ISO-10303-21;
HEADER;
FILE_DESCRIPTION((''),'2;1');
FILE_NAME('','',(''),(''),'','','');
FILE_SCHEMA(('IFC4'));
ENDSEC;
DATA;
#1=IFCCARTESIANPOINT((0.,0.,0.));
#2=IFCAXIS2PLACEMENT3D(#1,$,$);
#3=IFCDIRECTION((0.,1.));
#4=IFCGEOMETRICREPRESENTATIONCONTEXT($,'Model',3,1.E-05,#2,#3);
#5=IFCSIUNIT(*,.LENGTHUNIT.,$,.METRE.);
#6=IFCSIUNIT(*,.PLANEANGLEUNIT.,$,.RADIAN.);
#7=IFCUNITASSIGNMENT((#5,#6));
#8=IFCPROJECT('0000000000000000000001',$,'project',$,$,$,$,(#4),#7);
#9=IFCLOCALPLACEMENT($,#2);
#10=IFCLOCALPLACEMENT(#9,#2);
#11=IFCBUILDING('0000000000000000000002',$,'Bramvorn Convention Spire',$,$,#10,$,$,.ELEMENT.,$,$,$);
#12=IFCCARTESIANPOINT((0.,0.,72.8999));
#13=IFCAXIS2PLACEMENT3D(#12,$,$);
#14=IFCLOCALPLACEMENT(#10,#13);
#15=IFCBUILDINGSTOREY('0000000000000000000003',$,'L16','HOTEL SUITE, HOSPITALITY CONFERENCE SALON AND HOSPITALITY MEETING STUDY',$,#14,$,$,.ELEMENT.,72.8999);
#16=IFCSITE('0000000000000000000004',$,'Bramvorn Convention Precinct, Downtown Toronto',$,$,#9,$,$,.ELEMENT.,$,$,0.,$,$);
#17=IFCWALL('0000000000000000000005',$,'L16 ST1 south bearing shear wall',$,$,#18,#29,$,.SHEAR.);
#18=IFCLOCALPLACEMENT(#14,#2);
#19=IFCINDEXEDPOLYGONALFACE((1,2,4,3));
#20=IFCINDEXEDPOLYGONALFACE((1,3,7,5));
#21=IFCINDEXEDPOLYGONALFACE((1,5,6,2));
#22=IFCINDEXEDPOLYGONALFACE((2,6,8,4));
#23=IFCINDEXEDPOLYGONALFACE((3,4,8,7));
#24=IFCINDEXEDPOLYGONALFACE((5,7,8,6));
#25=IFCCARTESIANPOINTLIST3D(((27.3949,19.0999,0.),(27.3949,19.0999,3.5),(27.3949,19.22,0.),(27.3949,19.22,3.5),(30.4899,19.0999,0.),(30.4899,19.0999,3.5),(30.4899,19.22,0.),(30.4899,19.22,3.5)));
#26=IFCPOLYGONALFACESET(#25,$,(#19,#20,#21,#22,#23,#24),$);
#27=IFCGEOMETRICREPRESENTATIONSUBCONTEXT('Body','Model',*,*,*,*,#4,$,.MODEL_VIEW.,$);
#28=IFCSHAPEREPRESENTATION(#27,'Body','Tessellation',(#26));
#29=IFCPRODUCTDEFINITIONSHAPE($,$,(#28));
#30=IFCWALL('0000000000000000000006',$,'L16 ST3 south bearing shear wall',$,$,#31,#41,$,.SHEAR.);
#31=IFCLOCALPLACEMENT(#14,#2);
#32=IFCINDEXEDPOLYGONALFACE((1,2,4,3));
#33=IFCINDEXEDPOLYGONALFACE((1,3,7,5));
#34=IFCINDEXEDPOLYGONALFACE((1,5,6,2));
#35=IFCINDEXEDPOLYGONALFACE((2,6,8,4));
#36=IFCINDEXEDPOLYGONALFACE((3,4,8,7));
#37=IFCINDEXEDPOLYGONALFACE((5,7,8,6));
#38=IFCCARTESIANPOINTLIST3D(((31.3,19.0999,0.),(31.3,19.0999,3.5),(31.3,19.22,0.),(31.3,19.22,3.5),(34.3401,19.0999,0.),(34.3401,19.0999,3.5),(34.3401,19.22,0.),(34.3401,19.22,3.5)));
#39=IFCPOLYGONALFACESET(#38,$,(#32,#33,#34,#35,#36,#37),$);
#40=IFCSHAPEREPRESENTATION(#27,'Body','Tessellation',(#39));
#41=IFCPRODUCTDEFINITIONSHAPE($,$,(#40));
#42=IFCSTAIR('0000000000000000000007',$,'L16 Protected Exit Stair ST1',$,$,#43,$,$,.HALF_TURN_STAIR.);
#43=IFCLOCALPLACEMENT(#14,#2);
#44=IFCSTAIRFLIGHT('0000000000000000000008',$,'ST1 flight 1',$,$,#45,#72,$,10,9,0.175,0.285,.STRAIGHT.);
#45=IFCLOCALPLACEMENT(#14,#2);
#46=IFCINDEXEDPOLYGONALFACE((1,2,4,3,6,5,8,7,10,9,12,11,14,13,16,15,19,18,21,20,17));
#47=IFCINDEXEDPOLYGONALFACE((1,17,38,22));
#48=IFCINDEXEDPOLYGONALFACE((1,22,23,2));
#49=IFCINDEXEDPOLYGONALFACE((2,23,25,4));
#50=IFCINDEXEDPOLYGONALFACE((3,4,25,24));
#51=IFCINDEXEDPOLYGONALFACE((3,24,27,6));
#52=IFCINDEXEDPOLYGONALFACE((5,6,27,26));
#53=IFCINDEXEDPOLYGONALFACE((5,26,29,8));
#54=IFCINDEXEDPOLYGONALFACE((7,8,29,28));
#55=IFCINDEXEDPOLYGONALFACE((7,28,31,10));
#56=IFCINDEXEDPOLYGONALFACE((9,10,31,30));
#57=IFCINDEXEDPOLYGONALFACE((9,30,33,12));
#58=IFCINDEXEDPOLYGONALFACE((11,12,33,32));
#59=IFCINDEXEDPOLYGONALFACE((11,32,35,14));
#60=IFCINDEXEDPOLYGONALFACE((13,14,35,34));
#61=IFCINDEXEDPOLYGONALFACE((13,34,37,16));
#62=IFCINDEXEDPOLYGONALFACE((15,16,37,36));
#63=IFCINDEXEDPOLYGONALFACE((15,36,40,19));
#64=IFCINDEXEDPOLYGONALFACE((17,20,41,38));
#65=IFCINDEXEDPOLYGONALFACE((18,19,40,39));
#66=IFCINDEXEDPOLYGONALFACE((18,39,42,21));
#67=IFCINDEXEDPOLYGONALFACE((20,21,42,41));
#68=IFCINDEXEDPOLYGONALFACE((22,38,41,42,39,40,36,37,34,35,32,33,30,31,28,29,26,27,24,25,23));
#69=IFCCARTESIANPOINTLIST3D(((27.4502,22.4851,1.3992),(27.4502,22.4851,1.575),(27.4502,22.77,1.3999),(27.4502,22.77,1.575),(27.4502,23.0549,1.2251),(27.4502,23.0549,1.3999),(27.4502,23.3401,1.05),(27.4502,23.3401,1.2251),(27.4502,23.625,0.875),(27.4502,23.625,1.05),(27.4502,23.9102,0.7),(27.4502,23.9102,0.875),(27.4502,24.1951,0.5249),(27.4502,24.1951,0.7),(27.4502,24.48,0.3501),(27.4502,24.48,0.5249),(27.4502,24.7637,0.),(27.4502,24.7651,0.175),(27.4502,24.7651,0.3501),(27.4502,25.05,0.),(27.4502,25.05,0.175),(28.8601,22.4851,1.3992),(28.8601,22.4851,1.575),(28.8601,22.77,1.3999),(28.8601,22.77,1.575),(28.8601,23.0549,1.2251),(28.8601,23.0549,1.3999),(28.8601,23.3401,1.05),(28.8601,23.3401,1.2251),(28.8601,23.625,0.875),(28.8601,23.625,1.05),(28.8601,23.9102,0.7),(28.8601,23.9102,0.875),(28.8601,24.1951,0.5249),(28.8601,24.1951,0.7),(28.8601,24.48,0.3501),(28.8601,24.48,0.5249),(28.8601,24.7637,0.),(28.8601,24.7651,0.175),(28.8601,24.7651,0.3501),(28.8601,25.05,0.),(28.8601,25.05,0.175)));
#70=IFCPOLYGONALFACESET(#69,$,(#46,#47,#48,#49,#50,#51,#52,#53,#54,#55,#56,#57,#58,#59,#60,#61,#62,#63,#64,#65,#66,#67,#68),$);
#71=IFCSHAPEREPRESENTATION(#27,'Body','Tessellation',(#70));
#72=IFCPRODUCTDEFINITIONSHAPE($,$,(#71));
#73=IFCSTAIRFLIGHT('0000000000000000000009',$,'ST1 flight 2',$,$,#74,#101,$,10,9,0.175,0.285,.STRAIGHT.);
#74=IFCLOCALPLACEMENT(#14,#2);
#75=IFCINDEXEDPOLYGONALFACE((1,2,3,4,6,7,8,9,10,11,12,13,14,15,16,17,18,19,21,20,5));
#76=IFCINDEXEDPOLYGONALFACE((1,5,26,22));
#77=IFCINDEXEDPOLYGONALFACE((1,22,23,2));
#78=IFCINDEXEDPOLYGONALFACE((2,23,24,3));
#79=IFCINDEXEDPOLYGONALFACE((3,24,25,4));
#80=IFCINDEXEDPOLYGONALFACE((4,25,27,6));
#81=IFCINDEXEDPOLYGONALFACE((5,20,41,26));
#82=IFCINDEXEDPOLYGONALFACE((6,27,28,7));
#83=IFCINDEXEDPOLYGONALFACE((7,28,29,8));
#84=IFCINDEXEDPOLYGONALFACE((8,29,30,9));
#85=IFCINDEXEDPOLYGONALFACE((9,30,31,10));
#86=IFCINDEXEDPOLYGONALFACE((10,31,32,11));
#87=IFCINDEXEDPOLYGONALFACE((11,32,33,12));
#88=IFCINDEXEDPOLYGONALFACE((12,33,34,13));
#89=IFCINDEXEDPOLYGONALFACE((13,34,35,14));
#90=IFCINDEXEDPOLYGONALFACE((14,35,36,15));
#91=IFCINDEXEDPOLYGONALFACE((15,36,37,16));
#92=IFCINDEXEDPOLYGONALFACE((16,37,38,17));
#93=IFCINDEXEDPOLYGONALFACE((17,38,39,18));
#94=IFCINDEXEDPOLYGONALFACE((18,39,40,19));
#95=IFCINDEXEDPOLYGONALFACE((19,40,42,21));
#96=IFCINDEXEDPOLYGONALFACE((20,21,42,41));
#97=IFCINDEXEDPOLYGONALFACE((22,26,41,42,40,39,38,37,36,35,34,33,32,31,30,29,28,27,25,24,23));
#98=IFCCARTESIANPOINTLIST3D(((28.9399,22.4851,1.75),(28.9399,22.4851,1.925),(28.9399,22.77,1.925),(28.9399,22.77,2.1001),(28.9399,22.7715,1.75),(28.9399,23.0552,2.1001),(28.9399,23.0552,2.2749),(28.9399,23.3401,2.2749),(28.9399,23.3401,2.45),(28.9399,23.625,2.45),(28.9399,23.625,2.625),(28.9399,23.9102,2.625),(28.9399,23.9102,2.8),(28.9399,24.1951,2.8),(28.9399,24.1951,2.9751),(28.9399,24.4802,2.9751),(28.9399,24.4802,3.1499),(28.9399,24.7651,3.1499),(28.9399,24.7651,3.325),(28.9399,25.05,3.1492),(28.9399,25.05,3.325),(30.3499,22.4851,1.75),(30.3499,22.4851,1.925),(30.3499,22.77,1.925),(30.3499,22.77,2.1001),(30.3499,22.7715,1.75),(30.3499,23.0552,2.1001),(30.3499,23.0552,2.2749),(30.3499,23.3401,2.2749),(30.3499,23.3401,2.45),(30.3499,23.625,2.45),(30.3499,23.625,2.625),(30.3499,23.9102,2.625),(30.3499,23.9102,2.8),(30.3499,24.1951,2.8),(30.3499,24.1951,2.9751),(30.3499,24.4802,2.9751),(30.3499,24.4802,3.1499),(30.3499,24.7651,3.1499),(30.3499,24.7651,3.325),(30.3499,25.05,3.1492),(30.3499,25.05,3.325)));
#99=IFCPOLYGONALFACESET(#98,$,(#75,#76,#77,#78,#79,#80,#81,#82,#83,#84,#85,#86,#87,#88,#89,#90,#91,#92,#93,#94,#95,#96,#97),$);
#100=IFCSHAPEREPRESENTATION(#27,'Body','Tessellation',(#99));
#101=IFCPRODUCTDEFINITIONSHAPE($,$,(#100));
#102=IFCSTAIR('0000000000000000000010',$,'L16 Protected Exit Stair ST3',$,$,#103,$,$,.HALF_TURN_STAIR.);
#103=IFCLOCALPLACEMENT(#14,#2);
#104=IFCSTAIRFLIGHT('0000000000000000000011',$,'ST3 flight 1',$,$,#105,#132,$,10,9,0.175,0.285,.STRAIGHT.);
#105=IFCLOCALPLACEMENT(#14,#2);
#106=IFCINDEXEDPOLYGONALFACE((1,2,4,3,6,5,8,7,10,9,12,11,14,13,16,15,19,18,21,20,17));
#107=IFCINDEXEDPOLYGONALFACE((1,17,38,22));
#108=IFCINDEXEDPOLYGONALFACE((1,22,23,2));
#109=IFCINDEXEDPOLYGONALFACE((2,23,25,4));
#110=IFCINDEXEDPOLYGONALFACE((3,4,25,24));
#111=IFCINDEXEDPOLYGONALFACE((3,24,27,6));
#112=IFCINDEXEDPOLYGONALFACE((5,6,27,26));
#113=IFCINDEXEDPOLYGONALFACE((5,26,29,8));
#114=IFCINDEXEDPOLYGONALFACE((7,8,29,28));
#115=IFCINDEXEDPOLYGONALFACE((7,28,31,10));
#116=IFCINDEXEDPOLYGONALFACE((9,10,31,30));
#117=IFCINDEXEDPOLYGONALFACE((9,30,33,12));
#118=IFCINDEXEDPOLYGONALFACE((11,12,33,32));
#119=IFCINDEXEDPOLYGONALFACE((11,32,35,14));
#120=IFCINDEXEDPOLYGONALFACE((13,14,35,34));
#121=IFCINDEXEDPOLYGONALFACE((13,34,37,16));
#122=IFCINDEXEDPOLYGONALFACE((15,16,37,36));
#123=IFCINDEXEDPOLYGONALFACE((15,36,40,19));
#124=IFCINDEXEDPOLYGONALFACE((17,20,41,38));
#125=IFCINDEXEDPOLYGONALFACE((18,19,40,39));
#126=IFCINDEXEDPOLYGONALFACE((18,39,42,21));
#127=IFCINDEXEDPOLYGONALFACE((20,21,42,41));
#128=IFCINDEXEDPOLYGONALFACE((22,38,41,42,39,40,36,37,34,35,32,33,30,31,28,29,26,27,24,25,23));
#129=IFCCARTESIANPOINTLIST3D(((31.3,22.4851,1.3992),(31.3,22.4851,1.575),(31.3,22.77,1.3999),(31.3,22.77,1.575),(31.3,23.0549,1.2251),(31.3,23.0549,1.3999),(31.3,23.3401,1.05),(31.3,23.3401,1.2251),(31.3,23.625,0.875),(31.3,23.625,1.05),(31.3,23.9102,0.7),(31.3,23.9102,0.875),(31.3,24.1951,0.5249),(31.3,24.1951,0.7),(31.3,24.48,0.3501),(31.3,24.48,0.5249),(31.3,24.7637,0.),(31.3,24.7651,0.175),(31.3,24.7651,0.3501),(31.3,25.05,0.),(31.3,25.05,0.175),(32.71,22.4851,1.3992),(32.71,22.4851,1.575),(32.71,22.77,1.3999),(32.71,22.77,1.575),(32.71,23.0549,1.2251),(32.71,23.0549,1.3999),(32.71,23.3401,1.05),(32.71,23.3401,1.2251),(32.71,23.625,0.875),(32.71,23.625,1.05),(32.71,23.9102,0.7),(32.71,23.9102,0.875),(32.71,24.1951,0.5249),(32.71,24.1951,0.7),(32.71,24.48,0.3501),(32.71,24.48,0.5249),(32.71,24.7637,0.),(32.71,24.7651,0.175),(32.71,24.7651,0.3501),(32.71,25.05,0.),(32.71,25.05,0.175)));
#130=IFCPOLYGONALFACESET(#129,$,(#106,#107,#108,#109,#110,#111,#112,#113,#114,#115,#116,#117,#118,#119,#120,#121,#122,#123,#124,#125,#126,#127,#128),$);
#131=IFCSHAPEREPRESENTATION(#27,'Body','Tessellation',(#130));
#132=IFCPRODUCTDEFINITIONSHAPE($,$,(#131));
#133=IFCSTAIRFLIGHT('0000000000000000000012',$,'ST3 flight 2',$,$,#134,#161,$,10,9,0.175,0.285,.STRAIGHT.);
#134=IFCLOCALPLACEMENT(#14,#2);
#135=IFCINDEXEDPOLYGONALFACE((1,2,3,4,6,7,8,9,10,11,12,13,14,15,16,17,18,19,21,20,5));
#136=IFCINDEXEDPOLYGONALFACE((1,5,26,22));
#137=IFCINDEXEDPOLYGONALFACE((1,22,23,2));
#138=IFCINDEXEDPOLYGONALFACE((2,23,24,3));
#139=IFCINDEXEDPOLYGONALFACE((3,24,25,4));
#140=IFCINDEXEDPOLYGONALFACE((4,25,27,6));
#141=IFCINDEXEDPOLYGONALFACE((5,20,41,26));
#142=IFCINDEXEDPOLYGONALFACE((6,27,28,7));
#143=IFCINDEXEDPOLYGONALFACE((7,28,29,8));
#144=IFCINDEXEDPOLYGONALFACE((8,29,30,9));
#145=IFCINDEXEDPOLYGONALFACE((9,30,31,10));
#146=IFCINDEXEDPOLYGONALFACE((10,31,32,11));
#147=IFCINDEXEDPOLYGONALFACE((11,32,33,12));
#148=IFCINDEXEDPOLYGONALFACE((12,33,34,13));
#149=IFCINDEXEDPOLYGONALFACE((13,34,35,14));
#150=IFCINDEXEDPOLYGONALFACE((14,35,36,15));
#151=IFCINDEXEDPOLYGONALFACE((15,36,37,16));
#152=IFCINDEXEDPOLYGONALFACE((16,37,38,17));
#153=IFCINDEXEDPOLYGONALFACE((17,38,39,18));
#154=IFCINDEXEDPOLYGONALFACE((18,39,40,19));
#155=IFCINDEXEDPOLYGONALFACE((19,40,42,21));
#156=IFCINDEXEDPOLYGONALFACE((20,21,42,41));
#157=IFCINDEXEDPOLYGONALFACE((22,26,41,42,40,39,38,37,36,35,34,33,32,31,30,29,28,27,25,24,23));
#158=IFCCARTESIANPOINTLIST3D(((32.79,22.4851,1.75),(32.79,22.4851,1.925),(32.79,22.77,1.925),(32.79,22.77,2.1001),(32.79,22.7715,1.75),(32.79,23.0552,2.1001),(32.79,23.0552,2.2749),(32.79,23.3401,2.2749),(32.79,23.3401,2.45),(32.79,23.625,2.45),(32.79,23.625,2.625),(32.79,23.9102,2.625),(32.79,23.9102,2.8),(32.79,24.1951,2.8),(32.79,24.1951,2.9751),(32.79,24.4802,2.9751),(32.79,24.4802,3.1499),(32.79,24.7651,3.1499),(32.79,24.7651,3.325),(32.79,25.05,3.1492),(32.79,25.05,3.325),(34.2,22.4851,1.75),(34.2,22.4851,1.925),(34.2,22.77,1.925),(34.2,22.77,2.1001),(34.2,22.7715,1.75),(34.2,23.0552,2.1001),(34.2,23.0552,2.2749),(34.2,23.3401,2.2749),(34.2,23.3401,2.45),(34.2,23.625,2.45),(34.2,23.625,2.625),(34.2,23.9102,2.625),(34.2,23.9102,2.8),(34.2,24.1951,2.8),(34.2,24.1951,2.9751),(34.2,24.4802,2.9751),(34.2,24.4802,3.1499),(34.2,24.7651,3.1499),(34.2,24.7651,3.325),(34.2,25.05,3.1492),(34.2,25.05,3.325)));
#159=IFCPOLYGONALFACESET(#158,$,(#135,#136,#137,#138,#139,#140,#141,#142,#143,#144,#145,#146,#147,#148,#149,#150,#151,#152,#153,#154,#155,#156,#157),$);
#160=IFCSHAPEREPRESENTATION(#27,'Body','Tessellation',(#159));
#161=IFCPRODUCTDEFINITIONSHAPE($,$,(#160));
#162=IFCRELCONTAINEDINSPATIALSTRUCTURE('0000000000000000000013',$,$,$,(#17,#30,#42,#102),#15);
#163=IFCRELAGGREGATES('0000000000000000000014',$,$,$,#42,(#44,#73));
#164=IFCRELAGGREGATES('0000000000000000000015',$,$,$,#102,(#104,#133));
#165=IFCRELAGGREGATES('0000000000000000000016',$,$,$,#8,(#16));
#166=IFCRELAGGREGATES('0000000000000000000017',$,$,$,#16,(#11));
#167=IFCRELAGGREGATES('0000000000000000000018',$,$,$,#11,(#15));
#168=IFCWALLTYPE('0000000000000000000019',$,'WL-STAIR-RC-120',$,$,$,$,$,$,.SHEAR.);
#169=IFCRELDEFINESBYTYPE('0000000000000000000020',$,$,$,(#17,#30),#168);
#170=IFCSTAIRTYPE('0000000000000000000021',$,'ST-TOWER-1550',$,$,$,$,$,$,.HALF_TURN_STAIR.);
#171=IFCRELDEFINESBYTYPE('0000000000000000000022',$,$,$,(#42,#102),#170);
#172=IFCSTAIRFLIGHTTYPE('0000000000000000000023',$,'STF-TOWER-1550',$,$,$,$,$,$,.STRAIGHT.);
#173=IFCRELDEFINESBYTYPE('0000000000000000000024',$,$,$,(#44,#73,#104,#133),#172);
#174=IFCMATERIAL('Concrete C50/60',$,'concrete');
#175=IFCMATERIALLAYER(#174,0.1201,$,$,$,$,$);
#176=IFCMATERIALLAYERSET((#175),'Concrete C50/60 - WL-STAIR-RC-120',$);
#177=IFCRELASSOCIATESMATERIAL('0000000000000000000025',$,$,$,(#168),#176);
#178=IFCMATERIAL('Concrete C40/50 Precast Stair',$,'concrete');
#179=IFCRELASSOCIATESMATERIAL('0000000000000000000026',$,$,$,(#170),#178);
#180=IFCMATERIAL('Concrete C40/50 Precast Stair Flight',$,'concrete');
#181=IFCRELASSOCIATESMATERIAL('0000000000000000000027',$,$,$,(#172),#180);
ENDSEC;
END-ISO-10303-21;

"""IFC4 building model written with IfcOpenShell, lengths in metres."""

from ifc_helpers import new_model, si_unit, direction, frame, frame_2d, origin, place, context, subcontext, project, spatial, polyline, rectangle, outline, extrude, material, layer, layer_set, type_object, element, aggregate, save


model = new_model("IFC4")

# Units and contexts
model_context = context("Model", 3, precision=1e-05, world=origin(), true_north=direction((0.0, 1.0)))
body_context = subcontext(model_context, "Body", "Model", "MODEL_VIEW")
ifc_project = project(units=[si_unit("LENGTHUNIT", "METRE"), si_unit("PLANEANGLEUNIT", "RADIAN")], contexts=[model_context])

# Site, building, storey
site_placement = place(None, origin())
site = spatial("IfcSite", under=ifc_project, at=site_placement, Name="Bramvorn Convention Precinct, Downtown Toronto", CompositionType="ELEMENT", RefElevation=0.0)
building_placement = place(site_placement, origin())
building = spatial("IfcBuilding", under=site, at=building_placement, Name="Bramvorn Convention Spire", CompositionType="ELEMENT")
storey_placement = place(building_placement, frame((0.0, 0.0, 72.8999)))
storey = spatial("IfcBuildingStorey", under=building, at=storey_placement, Name="L16", Description="HOTEL SUITE, HOSPITALITY CONFERENCE SALON AND HOSPITALITY MEETING STUDY", CompositionType="ELEMENT", Elevation=72.8999)

# Walls
ifc_material_1 = material(Name="Concrete C50/60", Category="concrete")
ifc_layer_1 = layer(ifc_material_1, 0.1201)
ifc_layer_set_1 = layer_set([ifc_layer_1], Name="Concrete C50/60 - WL-STAIR-RC-120")
wall_type_1 = type_object("IfcWallType", Name="WL-STAIR-RC-120", PredefinedType="SHEAR", material=ifc_layer_set_1)
wall_1_placement = place(storey_placement, frame((27.395, 19.1599, 0.0), z_axis=(0.0, 0.0, 1.0), x_axis=(1.0, 0.0, 0.0)))
element("IfcWall", 1, at=wall_1_placement, inside=storey, type_object=wall_type_1, Name="L16 ST1 south bearing shear wall", PredefinedType="SHEAR", context=body_context, shape_type="SweptSolid", body=[
    extrude(rectangle(XDim=3.095, YDim=0.1201, at=frame_2d((1.5474, 0.0))), origin(), (0.0, 0.0, 1.0), 3.5),
])
wall_2_placement = place(storey_placement, frame((31.3, 19.1599, 0.0), z_axis=(0.0, 0.0, 1.0), x_axis=(1.0, 0.0, 0.0)))
element("IfcWall", 2, at=wall_2_placement, inside=storey, type_object=wall_type_1, Name="L16 ST3 south bearing shear wall", PredefinedType="SHEAR", context=body_context, shape_type="SweptSolid", body=[
    extrude(rectangle(XDim=3.04, YDim=0.1201, at=frame_2d((1.52, 0.0))), origin(), (0.0, 0.0, 1.0), 3.5),
])

# Stairs, stair flights
ifc_material_2 = material(Name="Concrete C40/50 Precast Stair", Category="concrete")
stair_type = type_object("IfcStairType", Name="ST-TOWER-1550", PredefinedType="HALF_TURN_STAIR", material=ifc_material_2)
stair_1_placement = place(storey_placement, origin())
stair_1 = element("IfcStair", 3, at=stair_1_placement, inside=storey, type_object=stair_type, Name="L16 Protected Exit Stair ST1", PredefinedType="HALF_TURN_STAIR")
ifc_material_3 = material(Name="Concrete C40/50 Precast Stair Flight", Category="concrete")
stair_flight_type = type_object("IfcStairFlightType", Name="STF-TOWER-1550", PredefinedType="STRAIGHT", material=ifc_material_3)
stair_flight_1_placement = place(storey_placement, frame((28.155, 25.05, 0.0), z_axis=(0.0, 0.0, 1.0), x_axis=(0.0, -1.0, 0.0)))
stair_flight_1 = element("IfcStairFlight", 4, at=stair_flight_1_placement, type_object=stair_flight_type, Name="ST1 flight 1", NumberOfRisers=10, NumberOfTreads=9, PredefinedType="STRAIGHT", RiserHeight=0.175, TreadLength=0.285, context=body_context, shape_type="SweptSolid", body=[
    extrude(outline(polyline([(0.0, 0.0), (0.0, 0.175), (0.2849, 0.175), (0.2849, 0.3501), (0.5701, 0.3501), (0.5701, 0.5249), (0.855, 0.5249), (0.855, 0.7), (1.1399, 0.7), (1.1399, 0.875), (1.425, 0.875), (1.425, 1.05), (1.71, 1.05), (1.71, 1.2251), (1.9951, 1.2251), (1.9951, 1.3999), (2.28, 1.3999), (2.28, 1.575), (2.5649, 1.575), (2.5649, 1.75), (2.5649, 1.3992), (0.2864, 0.0), (0.0, 0.0)])), frame((0.0, 0.7051, 0.0), z_axis=(0.0, -1.0, 0.0), x_axis=(1.0, 0.0, 0.0)), (0.0, 0.0, 1.0), 1.4099),
])
stair_flight_2_placement = place(storey_placement, frame((29.645, 22.4851, 1.75), z_axis=(0.0, 0.0, 1.0), x_axis=(0.0, 1.0, 0.0)))
stair_flight_2 = element("IfcStairFlight", 5, at=stair_flight_2_placement, type_object=stair_flight_type, Name="ST1 flight 2", NumberOfRisers=10, NumberOfTreads=9, PredefinedType="STRAIGHT", RiserHeight=0.175, TreadLength=0.285, context=body_context, shape_type="SweptSolid", body=[
    extrude(outline(polyline([(0.0, 0.0), (0.0, 0.175), (0.2849, 0.175), (0.2849, 0.3501), (0.5701, 0.3501), (0.5701, 0.5249), (0.855, 0.5249), (0.855, 0.7), (1.1399, 0.7), (1.1399, 0.875), (1.425, 0.875), (1.425, 1.05), (1.71, 1.05), (1.71, 1.2251), (1.9951, 1.2251), (1.9951, 1.3999), (2.28, 1.3999), (2.28, 1.575), (2.5649, 1.575), (2.5649, 1.75), (2.5649, 1.3992), (0.2864, 0.0), (0.0, 0.0)])), frame((0.0, 0.7051, 0.0), z_axis=(0.0, -1.0, 0.0), x_axis=(1.0, 0.0, 0.0)), (0.0, 0.0, 1.0), 1.4099),
])
aggregate(stair_1, [stair_flight_1, stair_flight_2])
stair_2_placement = place(storey_placement, origin())
stair_2 = element("IfcStair", 6, at=stair_2_placement, inside=storey, type_object=stair_type, Name="L16 Protected Exit Stair ST3", PredefinedType="HALF_TURN_STAIR")
stair_flight_3_placement = place(storey_placement, frame((32.0049, 25.05, 0.0), z_axis=(0.0, 0.0, 1.0), x_axis=(0.0, -1.0, 0.0)))
stair_flight_3 = element("IfcStairFlight", 7, at=stair_flight_3_placement, type_object=stair_flight_type, Name="ST3 flight 1", NumberOfRisers=10, NumberOfTreads=9, PredefinedType="STRAIGHT", RiserHeight=0.175, TreadLength=0.285, context=body_context, shape_type="SweptSolid", body=[
    extrude(outline(polyline([(0.0, 0.0), (0.0, 0.175), (0.2849, 0.175), (0.2849, 0.3501), (0.5701, 0.3501), (0.5701, 0.5249), (0.855, 0.5249), (0.855, 0.7), (1.1399, 0.7), (1.1399, 0.875), (1.425, 0.875), (1.425, 1.05), (1.71, 1.05), (1.71, 1.2251), (1.9951, 1.2251), (1.9951, 1.3999), (2.28, 1.3999), (2.28, 1.575), (2.5649, 1.575), (2.5649, 1.75), (2.5649, 1.3992), (0.2864, 0.0), (0.0, 0.0)])), frame((0.0, 0.7051, 0.0), z_axis=(0.0, -1.0, 0.0), x_axis=(1.0, 0.0, 0.0)), (0.0, 0.0, 1.0), 1.4099),
])
stair_flight_4_placement = place(storey_placement, frame((33.4951, 22.4851, 1.75), z_axis=(0.0, 0.0, 1.0), x_axis=(0.0, 1.0, 0.0)))
stair_flight_4 = element("IfcStairFlight", 8, at=stair_flight_4_placement, type_object=stair_flight_type, Name="ST3 flight 2", NumberOfRisers=10, NumberOfTreads=9, PredefinedType="STRAIGHT", RiserHeight=0.175, TreadLength=0.285, context=body_context, shape_type="SweptSolid", body=[
    extrude(outline(polyline([(0.0, 0.0), (0.0, 0.175), (0.2849, 0.175), (0.2849, 0.3501), (0.5701, 0.3501), (0.5701, 0.5249), (0.855, 0.5249), (0.855, 0.7), (1.1399, 0.7), (1.1399, 0.875), (1.425, 0.875), (1.425, 1.05), (1.71, 1.05), (1.71, 1.2251), (1.9951, 1.2251), (1.9951, 1.3999), (2.28, 1.3999), (2.28, 1.575), (2.5649, 1.575), (2.5649, 1.75), (2.5649, 1.3992), (0.2864, 0.0), (0.0, 0.0)])), frame((0.0, 0.7051, 0.0), z_axis=(0.0, -1.0, 0.0), x_axis=(1.0, 0.0, 0.0)), (0.0, 0.0, 1.0), 1.4099),
])
aggregate(stair_2, [stair_flight_3, stair_flight_4])

save(model, "model.ifc")
